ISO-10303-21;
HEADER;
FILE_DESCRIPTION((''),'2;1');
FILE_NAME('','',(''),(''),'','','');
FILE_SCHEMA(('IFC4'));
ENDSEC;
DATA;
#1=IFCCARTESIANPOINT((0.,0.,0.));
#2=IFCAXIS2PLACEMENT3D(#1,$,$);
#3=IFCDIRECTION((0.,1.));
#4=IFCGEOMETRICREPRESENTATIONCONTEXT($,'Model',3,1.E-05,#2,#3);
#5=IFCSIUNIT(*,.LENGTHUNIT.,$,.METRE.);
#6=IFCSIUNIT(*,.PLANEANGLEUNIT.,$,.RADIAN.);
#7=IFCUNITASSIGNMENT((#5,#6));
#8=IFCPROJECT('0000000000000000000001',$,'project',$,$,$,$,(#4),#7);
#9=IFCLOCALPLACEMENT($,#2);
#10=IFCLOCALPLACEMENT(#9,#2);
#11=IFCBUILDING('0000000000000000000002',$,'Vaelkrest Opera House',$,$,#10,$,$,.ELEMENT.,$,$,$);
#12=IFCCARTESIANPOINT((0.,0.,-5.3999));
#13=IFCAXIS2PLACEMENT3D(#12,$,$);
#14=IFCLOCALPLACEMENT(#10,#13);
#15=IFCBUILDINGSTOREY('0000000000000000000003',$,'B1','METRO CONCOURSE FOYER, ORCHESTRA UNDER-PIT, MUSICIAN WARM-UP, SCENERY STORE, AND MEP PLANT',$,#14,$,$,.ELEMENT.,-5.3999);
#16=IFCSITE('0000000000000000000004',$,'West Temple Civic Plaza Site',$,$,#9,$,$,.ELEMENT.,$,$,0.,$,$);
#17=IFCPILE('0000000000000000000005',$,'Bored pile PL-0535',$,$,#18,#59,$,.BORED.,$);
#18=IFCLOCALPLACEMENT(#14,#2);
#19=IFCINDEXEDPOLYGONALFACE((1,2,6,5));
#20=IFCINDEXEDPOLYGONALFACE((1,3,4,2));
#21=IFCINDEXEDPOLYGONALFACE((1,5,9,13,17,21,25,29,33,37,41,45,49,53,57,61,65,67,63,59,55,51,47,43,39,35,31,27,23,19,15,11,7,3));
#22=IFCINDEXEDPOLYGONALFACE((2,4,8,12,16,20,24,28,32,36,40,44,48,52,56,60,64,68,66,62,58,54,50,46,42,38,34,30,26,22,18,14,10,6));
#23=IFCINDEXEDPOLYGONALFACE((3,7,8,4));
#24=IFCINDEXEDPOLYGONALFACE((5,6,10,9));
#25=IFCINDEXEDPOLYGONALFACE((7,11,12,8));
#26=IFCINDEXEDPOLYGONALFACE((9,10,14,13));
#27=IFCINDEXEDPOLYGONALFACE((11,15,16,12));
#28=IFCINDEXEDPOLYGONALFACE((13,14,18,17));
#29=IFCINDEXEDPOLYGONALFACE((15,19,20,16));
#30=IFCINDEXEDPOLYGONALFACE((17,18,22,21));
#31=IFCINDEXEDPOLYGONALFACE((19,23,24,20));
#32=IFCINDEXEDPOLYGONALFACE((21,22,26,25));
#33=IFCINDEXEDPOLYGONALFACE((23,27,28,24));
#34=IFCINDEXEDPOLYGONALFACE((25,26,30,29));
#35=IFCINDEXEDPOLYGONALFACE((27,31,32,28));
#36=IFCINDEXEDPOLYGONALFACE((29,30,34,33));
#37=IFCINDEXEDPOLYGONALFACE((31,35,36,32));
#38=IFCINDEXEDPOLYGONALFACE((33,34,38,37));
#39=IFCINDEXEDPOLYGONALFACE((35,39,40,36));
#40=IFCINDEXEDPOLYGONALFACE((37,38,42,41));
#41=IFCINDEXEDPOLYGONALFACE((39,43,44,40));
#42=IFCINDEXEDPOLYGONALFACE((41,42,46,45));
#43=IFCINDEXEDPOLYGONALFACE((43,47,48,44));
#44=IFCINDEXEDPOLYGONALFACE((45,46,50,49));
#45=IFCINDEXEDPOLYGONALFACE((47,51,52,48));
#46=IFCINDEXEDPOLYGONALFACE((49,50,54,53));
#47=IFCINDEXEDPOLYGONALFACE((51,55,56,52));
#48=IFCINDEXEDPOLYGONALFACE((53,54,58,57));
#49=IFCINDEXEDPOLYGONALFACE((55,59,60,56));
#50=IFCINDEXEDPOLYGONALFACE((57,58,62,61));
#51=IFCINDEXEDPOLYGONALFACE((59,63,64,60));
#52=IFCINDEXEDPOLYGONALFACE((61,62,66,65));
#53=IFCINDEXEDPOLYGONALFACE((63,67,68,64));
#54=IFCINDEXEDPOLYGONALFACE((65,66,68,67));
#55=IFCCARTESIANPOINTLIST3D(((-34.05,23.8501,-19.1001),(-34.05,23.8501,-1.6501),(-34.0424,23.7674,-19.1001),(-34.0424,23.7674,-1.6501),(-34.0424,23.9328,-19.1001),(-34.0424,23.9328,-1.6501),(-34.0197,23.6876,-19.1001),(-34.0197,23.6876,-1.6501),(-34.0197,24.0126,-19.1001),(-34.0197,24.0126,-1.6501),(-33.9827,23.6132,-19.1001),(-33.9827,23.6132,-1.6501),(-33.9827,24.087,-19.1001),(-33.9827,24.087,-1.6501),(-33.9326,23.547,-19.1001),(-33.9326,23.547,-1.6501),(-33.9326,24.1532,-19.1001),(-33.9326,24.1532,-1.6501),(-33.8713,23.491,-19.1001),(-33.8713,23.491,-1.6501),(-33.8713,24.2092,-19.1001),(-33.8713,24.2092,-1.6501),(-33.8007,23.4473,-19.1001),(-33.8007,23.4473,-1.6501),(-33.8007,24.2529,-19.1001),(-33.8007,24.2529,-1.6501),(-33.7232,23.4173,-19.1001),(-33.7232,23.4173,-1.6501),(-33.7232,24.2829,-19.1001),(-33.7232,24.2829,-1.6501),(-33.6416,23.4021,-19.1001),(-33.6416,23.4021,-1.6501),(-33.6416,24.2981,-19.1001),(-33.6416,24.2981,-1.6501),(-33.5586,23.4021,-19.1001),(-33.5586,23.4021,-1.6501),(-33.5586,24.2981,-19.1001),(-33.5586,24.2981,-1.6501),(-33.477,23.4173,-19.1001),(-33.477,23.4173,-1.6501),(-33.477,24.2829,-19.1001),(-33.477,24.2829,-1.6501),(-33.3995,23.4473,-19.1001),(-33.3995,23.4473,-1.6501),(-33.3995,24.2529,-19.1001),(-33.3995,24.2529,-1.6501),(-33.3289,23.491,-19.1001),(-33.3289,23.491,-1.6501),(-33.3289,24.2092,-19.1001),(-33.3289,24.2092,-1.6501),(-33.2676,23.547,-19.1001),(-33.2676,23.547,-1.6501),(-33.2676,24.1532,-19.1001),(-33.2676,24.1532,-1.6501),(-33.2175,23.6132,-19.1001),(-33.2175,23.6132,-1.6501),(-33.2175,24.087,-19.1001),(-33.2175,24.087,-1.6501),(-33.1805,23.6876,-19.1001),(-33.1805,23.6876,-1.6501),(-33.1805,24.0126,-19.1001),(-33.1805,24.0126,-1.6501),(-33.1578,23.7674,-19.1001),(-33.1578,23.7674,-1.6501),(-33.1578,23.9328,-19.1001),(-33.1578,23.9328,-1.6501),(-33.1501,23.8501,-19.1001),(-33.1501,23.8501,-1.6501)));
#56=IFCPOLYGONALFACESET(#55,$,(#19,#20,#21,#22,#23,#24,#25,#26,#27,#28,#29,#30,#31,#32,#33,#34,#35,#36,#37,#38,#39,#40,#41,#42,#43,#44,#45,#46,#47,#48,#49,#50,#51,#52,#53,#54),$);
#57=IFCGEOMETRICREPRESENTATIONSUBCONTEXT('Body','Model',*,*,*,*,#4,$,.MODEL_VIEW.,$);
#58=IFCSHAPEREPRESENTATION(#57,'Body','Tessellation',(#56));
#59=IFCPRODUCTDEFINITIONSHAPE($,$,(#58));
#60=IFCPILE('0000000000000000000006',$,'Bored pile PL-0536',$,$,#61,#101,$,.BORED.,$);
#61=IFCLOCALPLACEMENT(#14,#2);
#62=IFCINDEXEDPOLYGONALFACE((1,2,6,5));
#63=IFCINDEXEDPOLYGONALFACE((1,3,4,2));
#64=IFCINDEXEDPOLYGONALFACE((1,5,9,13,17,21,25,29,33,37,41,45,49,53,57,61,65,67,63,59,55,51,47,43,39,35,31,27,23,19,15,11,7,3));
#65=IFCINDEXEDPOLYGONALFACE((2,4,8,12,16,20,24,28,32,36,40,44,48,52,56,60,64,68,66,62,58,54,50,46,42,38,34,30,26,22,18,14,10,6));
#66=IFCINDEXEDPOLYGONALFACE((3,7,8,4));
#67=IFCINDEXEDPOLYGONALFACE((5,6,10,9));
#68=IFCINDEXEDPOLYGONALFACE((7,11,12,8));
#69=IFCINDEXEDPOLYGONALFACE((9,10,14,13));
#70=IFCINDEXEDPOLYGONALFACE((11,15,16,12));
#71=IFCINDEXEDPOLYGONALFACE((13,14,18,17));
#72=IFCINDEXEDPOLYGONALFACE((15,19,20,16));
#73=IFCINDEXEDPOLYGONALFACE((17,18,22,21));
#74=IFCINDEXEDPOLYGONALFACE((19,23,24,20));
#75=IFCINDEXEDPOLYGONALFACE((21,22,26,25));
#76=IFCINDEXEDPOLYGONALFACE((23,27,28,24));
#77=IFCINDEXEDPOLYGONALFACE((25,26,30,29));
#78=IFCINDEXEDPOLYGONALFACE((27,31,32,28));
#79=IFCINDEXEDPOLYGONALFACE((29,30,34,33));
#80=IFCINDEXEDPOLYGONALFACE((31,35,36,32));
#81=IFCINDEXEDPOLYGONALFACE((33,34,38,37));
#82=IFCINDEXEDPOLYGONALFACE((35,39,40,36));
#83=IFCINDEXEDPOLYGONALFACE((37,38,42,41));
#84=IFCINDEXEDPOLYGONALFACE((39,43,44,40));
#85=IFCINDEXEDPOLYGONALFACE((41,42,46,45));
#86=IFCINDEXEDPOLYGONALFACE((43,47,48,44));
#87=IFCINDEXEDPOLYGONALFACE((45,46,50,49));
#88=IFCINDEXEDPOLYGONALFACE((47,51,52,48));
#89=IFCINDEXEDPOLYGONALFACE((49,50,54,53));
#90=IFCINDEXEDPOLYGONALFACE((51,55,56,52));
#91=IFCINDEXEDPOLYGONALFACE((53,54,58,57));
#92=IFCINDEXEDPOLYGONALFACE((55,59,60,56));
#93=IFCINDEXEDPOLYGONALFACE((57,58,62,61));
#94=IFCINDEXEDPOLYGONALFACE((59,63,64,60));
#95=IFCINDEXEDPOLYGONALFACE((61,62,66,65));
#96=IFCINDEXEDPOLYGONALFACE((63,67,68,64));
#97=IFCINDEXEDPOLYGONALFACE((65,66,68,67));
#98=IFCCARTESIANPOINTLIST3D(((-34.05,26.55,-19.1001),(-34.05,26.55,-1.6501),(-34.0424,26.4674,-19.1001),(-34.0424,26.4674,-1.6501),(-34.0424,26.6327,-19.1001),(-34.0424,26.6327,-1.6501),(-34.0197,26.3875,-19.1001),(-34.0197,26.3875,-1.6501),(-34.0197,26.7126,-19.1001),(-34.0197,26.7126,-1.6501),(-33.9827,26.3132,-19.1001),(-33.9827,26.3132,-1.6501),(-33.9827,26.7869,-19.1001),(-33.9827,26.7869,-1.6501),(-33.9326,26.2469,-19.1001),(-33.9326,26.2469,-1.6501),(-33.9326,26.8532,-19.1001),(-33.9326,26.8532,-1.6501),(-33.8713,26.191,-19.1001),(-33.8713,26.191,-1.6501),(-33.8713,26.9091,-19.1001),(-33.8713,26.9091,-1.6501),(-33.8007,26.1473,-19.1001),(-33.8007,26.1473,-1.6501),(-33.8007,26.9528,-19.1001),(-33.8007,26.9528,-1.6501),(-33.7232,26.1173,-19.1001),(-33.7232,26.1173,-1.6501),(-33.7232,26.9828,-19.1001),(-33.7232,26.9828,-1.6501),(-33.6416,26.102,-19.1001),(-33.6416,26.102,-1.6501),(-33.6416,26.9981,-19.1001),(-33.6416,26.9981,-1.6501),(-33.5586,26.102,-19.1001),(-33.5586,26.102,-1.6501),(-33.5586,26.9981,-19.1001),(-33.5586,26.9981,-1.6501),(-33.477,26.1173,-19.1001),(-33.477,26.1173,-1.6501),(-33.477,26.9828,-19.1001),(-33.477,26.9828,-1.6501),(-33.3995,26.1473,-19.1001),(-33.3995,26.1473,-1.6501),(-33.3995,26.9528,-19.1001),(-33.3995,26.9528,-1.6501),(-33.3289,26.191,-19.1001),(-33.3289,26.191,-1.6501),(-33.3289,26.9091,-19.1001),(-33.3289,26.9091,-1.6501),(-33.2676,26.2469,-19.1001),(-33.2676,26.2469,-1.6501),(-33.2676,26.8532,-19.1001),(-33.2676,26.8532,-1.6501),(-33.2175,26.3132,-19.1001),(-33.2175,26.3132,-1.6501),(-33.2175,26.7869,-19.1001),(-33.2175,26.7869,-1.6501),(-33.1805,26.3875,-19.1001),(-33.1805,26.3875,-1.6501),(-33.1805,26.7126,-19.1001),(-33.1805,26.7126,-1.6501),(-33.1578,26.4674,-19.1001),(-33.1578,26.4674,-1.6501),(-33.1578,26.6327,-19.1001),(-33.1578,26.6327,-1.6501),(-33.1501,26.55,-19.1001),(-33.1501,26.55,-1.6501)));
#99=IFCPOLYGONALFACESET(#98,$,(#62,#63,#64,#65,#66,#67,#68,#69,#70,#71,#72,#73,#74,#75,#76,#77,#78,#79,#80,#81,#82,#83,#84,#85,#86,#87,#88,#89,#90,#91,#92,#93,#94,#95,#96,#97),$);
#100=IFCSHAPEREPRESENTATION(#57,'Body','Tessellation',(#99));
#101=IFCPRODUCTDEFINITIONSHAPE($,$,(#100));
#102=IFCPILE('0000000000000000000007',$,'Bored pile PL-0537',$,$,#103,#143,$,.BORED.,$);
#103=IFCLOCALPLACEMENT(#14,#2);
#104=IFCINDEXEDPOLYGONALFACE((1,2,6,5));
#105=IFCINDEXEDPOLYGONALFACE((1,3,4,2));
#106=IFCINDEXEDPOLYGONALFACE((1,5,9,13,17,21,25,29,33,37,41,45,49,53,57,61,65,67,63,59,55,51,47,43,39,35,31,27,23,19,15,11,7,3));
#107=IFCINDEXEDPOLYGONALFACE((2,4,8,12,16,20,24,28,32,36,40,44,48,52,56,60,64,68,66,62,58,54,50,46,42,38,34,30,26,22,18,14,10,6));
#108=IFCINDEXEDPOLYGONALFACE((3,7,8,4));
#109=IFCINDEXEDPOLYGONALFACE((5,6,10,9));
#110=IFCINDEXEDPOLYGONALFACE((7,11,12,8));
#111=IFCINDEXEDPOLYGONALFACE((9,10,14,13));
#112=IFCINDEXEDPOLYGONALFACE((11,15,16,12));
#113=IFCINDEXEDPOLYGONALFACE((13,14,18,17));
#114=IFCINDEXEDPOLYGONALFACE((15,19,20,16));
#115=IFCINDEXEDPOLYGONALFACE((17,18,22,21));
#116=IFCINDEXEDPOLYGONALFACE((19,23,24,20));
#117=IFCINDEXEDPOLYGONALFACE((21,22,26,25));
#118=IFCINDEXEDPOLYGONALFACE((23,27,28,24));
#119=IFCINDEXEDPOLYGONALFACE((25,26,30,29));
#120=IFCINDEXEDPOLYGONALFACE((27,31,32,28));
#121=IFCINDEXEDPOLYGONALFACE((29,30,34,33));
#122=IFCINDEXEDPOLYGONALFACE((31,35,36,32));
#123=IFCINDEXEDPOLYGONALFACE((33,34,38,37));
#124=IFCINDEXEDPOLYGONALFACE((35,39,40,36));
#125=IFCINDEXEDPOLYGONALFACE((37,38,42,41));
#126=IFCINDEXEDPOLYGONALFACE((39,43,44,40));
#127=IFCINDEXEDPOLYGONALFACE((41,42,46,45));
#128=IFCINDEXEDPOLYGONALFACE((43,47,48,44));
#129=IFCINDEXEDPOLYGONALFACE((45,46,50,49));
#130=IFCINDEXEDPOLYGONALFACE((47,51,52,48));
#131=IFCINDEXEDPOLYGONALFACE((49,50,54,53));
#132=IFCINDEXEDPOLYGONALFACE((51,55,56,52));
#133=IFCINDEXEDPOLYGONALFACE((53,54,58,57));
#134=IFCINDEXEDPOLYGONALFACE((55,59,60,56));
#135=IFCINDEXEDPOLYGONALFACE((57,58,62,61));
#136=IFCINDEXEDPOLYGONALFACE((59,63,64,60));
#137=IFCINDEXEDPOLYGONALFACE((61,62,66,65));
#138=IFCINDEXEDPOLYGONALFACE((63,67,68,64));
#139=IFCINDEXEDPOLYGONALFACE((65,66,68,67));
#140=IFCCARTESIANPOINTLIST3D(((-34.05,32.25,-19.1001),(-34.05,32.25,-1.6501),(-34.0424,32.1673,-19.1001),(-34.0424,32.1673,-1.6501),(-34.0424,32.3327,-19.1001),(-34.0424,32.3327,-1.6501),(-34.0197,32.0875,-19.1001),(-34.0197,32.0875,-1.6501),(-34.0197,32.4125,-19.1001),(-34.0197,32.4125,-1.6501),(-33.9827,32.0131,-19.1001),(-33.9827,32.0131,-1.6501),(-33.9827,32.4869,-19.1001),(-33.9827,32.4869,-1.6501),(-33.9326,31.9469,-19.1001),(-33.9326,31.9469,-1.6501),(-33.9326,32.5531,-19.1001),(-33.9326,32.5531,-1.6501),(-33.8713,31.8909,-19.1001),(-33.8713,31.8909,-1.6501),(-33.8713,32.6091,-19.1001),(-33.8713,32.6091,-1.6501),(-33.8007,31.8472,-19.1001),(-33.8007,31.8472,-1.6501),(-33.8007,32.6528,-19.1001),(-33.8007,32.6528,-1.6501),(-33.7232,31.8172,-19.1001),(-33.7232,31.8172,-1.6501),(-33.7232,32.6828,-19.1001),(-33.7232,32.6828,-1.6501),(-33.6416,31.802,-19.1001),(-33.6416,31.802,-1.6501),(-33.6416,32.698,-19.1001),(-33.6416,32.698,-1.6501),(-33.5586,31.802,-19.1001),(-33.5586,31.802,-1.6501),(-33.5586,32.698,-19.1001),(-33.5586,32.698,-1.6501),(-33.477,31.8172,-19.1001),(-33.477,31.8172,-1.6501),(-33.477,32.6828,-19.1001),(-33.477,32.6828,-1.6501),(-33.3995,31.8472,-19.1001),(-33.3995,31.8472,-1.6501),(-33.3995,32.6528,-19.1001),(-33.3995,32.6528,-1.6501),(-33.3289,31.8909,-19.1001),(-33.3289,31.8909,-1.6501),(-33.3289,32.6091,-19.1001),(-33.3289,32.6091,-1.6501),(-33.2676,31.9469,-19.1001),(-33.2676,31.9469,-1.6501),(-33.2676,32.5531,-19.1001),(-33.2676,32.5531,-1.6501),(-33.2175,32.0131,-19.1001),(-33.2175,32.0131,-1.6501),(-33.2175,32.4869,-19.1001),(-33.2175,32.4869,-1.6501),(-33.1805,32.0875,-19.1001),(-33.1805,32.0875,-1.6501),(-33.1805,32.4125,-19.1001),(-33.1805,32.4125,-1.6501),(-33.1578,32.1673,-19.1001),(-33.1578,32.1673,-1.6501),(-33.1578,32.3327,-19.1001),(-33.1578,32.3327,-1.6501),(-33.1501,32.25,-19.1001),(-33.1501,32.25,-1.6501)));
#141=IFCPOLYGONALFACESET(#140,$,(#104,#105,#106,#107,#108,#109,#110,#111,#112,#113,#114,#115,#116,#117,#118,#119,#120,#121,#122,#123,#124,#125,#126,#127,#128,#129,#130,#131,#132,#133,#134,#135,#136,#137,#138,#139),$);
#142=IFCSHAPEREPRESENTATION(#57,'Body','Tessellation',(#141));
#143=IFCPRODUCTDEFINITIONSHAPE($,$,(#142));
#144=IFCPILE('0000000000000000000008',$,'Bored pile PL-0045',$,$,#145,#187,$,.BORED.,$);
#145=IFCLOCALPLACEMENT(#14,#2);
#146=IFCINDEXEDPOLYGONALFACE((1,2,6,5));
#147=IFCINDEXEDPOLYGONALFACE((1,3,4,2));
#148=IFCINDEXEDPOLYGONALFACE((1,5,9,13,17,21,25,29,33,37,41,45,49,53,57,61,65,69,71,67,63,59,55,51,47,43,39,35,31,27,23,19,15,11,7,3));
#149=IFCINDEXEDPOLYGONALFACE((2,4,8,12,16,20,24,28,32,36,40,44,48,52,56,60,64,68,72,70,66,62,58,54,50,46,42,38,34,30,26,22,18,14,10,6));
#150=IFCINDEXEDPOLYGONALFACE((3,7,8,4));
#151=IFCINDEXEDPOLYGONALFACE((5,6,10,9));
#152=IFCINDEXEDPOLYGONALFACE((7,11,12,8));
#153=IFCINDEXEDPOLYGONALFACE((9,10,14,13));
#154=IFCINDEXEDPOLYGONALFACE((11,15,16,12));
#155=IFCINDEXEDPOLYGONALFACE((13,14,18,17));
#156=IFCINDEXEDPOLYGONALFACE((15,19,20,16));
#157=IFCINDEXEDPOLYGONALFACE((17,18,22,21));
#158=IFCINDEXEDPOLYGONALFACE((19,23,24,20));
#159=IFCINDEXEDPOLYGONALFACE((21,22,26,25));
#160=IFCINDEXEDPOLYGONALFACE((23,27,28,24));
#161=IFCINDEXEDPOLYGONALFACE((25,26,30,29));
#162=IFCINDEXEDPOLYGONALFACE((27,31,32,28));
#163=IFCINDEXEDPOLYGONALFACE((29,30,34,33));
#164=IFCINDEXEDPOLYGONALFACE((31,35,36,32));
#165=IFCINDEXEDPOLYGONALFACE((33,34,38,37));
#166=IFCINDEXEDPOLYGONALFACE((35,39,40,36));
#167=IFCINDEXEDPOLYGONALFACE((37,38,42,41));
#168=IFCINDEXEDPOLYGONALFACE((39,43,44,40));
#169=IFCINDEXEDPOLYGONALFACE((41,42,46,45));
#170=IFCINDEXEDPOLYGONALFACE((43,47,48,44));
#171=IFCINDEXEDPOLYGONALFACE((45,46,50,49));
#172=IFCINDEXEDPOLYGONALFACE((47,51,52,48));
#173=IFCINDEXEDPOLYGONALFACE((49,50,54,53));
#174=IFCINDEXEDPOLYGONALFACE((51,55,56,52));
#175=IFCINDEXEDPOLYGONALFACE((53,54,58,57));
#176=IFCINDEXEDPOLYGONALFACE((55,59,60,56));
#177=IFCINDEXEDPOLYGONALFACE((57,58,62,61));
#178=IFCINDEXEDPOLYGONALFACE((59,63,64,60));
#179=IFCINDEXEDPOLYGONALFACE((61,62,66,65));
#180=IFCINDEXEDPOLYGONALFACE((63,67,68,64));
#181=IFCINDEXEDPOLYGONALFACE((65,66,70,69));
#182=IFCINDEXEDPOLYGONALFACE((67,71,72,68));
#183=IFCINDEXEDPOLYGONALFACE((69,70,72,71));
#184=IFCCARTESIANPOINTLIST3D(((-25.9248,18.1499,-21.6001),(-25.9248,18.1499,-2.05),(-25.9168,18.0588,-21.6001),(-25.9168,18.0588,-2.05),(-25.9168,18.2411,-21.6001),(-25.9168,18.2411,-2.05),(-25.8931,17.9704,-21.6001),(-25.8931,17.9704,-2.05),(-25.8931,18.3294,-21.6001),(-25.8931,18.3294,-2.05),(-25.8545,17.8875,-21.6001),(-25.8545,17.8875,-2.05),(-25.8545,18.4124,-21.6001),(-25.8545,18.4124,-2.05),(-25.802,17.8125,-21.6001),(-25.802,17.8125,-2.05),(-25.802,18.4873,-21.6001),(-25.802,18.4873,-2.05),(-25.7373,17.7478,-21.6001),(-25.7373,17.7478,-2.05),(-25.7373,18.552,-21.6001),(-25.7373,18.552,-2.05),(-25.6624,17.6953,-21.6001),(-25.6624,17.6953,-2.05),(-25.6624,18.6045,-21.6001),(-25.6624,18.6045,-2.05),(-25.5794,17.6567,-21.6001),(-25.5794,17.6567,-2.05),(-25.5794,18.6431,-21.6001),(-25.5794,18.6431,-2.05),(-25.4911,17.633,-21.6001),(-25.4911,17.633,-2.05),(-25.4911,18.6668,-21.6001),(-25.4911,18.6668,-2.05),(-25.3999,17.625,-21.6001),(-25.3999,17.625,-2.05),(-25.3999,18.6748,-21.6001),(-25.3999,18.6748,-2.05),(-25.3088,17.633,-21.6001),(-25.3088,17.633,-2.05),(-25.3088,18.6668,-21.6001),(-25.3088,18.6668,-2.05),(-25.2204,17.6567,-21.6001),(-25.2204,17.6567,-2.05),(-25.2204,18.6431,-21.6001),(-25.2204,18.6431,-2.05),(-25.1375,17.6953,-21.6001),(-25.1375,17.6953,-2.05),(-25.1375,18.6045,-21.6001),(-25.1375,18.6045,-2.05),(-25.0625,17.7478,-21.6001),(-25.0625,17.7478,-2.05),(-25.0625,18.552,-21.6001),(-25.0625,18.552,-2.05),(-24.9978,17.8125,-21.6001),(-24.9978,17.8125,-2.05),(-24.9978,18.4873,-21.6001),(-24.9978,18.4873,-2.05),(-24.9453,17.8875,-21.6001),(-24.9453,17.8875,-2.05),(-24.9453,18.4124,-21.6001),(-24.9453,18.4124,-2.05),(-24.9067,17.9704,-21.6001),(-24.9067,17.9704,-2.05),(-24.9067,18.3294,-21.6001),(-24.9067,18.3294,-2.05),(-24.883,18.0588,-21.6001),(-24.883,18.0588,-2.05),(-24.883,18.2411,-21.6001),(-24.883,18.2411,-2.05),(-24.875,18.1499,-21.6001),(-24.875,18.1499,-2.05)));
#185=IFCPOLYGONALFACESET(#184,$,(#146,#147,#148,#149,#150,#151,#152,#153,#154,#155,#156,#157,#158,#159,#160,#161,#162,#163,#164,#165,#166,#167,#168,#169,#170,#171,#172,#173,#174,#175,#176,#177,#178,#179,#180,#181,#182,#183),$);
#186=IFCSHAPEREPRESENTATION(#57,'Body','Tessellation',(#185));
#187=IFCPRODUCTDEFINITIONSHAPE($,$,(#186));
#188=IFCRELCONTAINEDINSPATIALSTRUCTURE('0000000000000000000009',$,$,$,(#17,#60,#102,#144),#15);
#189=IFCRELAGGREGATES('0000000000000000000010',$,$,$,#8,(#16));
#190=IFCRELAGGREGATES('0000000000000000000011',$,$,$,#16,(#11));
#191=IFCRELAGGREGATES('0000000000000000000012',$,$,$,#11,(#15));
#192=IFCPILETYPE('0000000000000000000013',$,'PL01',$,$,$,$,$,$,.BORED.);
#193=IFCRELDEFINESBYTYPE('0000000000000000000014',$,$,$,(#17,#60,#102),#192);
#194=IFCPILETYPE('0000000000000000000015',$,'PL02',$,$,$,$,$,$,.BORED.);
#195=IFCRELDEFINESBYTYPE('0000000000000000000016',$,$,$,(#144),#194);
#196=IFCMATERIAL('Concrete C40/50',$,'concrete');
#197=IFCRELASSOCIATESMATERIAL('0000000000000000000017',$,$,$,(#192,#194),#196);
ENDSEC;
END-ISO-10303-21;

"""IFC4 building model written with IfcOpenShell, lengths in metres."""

from ifc_helpers import new_model, si_unit, direction, frame, origin, origin_2d, place, context, subcontext, project, spatial, circle, extrude, material, material_profile, profile_set, type_object, element, save


model = new_model("IFC4")

# Units and contexts
model_context = context("Model", 3, precision=1e-05, world=origin(), true_north=direction((0.0, 1.0)))
body_context = subcontext(model_context, "Body", "Model", "MODEL_VIEW")
ifc_project = project(units=[si_unit("LENGTHUNIT", "METRE"), si_unit("PLANEANGLEUNIT", "RADIAN")], contexts=[model_context])

# Site, building, storey
site_placement = place(None, origin())
site = spatial("IfcSite", under=ifc_project, at=site_placement, Name="West Temple Civic Plaza Site", CompositionType="ELEMENT", RefElevation=0.0)
building_placement = place(site_placement, origin())
building = spatial("IfcBuilding", under=site, at=building_placement, Name="Vaelkrest Opera House", CompositionType="ELEMENT")
storey_placement = place(building_placement, frame((0.0, 0.0, -5.3999)))
storey = spatial("IfcBuildingStorey", under=building, at=storey_placement, Name="B1", Description="METRO CONCOURSE FOYER, ORCHESTRA UNDER-PIT, MUSICIAN WARM-UP, SCENERY STORE, AND MEP PLANT", CompositionType="ELEMENT", Elevation=-5.3999)

# Shared definitions
ifc_material_1 = material(Name="Concrete C40/50", Category="concrete")

# Piles
ifc_material_profile_1 = material_profile(ifc_material_1, circle(Radius=0.45, at=origin_2d()), Name="PILE900")
ifc_profile_set_1 = profile_set([ifc_material_profile_1], Name="Concrete C40/50")
pile_type_1 = type_object("IfcPileType", Name="PL01", PredefinedType="BORED", material=ifc_profile_set_1)
for number, where, z_axis, x_axis, name in (
    (1, (-33.6001, 23.8501, -1.6501), (0.0, 0.0, -1.0), (1.0, 0.0, 0.0), "Bored pile PL-0535"),
    (2, (-33.6001, 26.55, -1.6501), (0.0, 0.0, -1.0), (1.0, 0.0, 0.0), "Bored pile PL-0536"),
    (3, (-33.6001, 32.25, -1.6501), (0.0, 0.0, -1.0), (1.0, 0.0, 0.0), "Bored pile PL-0537"),
):
    element("IfcPile", number, at=place(storey_placement, frame(where, z_axis=z_axis, x_axis=x_axis)), inside=storey, type_object=pile_type_1, Name=name, PredefinedType="BORED", context=body_context, shape_type="SweptSolid", body=[
        extrude(circle(Radius=0.45, at=origin_2d()), origin(), (0.0, 0.0, 1.0), 17.45),
    ])
ifc_material_profile_2 = material_profile(ifc_material_1, circle(Radius=0.5249, at=origin_2d()), Name="PILE1050")
ifc_profile_set_2 = profile_set([ifc_material_profile_2], Name="Concrete C40/50")
pile_type_2 = type_object("IfcPileType", Name="PL02", PredefinedType="BORED", material=ifc_profile_set_2)
pile_1_placement = place(storey_placement, frame((-25.3999, 18.1499, -2.05), z_axis=(0.0, 0.0, -1.0), x_axis=(1.0, 0.0, 0.0)))
element("IfcPile", 4, at=pile_1_placement, inside=storey, type_object=pile_type_2, Name="Bored pile PL-0045", PredefinedType="BORED", context=body_context, shape_type="SweptSolid", body=[
    extrude(circle(Radius=0.5249, at=origin_2d()), origin(), (0.0, 0.0, 1.0), 19.55),
])

save(model, "model.ifc")
